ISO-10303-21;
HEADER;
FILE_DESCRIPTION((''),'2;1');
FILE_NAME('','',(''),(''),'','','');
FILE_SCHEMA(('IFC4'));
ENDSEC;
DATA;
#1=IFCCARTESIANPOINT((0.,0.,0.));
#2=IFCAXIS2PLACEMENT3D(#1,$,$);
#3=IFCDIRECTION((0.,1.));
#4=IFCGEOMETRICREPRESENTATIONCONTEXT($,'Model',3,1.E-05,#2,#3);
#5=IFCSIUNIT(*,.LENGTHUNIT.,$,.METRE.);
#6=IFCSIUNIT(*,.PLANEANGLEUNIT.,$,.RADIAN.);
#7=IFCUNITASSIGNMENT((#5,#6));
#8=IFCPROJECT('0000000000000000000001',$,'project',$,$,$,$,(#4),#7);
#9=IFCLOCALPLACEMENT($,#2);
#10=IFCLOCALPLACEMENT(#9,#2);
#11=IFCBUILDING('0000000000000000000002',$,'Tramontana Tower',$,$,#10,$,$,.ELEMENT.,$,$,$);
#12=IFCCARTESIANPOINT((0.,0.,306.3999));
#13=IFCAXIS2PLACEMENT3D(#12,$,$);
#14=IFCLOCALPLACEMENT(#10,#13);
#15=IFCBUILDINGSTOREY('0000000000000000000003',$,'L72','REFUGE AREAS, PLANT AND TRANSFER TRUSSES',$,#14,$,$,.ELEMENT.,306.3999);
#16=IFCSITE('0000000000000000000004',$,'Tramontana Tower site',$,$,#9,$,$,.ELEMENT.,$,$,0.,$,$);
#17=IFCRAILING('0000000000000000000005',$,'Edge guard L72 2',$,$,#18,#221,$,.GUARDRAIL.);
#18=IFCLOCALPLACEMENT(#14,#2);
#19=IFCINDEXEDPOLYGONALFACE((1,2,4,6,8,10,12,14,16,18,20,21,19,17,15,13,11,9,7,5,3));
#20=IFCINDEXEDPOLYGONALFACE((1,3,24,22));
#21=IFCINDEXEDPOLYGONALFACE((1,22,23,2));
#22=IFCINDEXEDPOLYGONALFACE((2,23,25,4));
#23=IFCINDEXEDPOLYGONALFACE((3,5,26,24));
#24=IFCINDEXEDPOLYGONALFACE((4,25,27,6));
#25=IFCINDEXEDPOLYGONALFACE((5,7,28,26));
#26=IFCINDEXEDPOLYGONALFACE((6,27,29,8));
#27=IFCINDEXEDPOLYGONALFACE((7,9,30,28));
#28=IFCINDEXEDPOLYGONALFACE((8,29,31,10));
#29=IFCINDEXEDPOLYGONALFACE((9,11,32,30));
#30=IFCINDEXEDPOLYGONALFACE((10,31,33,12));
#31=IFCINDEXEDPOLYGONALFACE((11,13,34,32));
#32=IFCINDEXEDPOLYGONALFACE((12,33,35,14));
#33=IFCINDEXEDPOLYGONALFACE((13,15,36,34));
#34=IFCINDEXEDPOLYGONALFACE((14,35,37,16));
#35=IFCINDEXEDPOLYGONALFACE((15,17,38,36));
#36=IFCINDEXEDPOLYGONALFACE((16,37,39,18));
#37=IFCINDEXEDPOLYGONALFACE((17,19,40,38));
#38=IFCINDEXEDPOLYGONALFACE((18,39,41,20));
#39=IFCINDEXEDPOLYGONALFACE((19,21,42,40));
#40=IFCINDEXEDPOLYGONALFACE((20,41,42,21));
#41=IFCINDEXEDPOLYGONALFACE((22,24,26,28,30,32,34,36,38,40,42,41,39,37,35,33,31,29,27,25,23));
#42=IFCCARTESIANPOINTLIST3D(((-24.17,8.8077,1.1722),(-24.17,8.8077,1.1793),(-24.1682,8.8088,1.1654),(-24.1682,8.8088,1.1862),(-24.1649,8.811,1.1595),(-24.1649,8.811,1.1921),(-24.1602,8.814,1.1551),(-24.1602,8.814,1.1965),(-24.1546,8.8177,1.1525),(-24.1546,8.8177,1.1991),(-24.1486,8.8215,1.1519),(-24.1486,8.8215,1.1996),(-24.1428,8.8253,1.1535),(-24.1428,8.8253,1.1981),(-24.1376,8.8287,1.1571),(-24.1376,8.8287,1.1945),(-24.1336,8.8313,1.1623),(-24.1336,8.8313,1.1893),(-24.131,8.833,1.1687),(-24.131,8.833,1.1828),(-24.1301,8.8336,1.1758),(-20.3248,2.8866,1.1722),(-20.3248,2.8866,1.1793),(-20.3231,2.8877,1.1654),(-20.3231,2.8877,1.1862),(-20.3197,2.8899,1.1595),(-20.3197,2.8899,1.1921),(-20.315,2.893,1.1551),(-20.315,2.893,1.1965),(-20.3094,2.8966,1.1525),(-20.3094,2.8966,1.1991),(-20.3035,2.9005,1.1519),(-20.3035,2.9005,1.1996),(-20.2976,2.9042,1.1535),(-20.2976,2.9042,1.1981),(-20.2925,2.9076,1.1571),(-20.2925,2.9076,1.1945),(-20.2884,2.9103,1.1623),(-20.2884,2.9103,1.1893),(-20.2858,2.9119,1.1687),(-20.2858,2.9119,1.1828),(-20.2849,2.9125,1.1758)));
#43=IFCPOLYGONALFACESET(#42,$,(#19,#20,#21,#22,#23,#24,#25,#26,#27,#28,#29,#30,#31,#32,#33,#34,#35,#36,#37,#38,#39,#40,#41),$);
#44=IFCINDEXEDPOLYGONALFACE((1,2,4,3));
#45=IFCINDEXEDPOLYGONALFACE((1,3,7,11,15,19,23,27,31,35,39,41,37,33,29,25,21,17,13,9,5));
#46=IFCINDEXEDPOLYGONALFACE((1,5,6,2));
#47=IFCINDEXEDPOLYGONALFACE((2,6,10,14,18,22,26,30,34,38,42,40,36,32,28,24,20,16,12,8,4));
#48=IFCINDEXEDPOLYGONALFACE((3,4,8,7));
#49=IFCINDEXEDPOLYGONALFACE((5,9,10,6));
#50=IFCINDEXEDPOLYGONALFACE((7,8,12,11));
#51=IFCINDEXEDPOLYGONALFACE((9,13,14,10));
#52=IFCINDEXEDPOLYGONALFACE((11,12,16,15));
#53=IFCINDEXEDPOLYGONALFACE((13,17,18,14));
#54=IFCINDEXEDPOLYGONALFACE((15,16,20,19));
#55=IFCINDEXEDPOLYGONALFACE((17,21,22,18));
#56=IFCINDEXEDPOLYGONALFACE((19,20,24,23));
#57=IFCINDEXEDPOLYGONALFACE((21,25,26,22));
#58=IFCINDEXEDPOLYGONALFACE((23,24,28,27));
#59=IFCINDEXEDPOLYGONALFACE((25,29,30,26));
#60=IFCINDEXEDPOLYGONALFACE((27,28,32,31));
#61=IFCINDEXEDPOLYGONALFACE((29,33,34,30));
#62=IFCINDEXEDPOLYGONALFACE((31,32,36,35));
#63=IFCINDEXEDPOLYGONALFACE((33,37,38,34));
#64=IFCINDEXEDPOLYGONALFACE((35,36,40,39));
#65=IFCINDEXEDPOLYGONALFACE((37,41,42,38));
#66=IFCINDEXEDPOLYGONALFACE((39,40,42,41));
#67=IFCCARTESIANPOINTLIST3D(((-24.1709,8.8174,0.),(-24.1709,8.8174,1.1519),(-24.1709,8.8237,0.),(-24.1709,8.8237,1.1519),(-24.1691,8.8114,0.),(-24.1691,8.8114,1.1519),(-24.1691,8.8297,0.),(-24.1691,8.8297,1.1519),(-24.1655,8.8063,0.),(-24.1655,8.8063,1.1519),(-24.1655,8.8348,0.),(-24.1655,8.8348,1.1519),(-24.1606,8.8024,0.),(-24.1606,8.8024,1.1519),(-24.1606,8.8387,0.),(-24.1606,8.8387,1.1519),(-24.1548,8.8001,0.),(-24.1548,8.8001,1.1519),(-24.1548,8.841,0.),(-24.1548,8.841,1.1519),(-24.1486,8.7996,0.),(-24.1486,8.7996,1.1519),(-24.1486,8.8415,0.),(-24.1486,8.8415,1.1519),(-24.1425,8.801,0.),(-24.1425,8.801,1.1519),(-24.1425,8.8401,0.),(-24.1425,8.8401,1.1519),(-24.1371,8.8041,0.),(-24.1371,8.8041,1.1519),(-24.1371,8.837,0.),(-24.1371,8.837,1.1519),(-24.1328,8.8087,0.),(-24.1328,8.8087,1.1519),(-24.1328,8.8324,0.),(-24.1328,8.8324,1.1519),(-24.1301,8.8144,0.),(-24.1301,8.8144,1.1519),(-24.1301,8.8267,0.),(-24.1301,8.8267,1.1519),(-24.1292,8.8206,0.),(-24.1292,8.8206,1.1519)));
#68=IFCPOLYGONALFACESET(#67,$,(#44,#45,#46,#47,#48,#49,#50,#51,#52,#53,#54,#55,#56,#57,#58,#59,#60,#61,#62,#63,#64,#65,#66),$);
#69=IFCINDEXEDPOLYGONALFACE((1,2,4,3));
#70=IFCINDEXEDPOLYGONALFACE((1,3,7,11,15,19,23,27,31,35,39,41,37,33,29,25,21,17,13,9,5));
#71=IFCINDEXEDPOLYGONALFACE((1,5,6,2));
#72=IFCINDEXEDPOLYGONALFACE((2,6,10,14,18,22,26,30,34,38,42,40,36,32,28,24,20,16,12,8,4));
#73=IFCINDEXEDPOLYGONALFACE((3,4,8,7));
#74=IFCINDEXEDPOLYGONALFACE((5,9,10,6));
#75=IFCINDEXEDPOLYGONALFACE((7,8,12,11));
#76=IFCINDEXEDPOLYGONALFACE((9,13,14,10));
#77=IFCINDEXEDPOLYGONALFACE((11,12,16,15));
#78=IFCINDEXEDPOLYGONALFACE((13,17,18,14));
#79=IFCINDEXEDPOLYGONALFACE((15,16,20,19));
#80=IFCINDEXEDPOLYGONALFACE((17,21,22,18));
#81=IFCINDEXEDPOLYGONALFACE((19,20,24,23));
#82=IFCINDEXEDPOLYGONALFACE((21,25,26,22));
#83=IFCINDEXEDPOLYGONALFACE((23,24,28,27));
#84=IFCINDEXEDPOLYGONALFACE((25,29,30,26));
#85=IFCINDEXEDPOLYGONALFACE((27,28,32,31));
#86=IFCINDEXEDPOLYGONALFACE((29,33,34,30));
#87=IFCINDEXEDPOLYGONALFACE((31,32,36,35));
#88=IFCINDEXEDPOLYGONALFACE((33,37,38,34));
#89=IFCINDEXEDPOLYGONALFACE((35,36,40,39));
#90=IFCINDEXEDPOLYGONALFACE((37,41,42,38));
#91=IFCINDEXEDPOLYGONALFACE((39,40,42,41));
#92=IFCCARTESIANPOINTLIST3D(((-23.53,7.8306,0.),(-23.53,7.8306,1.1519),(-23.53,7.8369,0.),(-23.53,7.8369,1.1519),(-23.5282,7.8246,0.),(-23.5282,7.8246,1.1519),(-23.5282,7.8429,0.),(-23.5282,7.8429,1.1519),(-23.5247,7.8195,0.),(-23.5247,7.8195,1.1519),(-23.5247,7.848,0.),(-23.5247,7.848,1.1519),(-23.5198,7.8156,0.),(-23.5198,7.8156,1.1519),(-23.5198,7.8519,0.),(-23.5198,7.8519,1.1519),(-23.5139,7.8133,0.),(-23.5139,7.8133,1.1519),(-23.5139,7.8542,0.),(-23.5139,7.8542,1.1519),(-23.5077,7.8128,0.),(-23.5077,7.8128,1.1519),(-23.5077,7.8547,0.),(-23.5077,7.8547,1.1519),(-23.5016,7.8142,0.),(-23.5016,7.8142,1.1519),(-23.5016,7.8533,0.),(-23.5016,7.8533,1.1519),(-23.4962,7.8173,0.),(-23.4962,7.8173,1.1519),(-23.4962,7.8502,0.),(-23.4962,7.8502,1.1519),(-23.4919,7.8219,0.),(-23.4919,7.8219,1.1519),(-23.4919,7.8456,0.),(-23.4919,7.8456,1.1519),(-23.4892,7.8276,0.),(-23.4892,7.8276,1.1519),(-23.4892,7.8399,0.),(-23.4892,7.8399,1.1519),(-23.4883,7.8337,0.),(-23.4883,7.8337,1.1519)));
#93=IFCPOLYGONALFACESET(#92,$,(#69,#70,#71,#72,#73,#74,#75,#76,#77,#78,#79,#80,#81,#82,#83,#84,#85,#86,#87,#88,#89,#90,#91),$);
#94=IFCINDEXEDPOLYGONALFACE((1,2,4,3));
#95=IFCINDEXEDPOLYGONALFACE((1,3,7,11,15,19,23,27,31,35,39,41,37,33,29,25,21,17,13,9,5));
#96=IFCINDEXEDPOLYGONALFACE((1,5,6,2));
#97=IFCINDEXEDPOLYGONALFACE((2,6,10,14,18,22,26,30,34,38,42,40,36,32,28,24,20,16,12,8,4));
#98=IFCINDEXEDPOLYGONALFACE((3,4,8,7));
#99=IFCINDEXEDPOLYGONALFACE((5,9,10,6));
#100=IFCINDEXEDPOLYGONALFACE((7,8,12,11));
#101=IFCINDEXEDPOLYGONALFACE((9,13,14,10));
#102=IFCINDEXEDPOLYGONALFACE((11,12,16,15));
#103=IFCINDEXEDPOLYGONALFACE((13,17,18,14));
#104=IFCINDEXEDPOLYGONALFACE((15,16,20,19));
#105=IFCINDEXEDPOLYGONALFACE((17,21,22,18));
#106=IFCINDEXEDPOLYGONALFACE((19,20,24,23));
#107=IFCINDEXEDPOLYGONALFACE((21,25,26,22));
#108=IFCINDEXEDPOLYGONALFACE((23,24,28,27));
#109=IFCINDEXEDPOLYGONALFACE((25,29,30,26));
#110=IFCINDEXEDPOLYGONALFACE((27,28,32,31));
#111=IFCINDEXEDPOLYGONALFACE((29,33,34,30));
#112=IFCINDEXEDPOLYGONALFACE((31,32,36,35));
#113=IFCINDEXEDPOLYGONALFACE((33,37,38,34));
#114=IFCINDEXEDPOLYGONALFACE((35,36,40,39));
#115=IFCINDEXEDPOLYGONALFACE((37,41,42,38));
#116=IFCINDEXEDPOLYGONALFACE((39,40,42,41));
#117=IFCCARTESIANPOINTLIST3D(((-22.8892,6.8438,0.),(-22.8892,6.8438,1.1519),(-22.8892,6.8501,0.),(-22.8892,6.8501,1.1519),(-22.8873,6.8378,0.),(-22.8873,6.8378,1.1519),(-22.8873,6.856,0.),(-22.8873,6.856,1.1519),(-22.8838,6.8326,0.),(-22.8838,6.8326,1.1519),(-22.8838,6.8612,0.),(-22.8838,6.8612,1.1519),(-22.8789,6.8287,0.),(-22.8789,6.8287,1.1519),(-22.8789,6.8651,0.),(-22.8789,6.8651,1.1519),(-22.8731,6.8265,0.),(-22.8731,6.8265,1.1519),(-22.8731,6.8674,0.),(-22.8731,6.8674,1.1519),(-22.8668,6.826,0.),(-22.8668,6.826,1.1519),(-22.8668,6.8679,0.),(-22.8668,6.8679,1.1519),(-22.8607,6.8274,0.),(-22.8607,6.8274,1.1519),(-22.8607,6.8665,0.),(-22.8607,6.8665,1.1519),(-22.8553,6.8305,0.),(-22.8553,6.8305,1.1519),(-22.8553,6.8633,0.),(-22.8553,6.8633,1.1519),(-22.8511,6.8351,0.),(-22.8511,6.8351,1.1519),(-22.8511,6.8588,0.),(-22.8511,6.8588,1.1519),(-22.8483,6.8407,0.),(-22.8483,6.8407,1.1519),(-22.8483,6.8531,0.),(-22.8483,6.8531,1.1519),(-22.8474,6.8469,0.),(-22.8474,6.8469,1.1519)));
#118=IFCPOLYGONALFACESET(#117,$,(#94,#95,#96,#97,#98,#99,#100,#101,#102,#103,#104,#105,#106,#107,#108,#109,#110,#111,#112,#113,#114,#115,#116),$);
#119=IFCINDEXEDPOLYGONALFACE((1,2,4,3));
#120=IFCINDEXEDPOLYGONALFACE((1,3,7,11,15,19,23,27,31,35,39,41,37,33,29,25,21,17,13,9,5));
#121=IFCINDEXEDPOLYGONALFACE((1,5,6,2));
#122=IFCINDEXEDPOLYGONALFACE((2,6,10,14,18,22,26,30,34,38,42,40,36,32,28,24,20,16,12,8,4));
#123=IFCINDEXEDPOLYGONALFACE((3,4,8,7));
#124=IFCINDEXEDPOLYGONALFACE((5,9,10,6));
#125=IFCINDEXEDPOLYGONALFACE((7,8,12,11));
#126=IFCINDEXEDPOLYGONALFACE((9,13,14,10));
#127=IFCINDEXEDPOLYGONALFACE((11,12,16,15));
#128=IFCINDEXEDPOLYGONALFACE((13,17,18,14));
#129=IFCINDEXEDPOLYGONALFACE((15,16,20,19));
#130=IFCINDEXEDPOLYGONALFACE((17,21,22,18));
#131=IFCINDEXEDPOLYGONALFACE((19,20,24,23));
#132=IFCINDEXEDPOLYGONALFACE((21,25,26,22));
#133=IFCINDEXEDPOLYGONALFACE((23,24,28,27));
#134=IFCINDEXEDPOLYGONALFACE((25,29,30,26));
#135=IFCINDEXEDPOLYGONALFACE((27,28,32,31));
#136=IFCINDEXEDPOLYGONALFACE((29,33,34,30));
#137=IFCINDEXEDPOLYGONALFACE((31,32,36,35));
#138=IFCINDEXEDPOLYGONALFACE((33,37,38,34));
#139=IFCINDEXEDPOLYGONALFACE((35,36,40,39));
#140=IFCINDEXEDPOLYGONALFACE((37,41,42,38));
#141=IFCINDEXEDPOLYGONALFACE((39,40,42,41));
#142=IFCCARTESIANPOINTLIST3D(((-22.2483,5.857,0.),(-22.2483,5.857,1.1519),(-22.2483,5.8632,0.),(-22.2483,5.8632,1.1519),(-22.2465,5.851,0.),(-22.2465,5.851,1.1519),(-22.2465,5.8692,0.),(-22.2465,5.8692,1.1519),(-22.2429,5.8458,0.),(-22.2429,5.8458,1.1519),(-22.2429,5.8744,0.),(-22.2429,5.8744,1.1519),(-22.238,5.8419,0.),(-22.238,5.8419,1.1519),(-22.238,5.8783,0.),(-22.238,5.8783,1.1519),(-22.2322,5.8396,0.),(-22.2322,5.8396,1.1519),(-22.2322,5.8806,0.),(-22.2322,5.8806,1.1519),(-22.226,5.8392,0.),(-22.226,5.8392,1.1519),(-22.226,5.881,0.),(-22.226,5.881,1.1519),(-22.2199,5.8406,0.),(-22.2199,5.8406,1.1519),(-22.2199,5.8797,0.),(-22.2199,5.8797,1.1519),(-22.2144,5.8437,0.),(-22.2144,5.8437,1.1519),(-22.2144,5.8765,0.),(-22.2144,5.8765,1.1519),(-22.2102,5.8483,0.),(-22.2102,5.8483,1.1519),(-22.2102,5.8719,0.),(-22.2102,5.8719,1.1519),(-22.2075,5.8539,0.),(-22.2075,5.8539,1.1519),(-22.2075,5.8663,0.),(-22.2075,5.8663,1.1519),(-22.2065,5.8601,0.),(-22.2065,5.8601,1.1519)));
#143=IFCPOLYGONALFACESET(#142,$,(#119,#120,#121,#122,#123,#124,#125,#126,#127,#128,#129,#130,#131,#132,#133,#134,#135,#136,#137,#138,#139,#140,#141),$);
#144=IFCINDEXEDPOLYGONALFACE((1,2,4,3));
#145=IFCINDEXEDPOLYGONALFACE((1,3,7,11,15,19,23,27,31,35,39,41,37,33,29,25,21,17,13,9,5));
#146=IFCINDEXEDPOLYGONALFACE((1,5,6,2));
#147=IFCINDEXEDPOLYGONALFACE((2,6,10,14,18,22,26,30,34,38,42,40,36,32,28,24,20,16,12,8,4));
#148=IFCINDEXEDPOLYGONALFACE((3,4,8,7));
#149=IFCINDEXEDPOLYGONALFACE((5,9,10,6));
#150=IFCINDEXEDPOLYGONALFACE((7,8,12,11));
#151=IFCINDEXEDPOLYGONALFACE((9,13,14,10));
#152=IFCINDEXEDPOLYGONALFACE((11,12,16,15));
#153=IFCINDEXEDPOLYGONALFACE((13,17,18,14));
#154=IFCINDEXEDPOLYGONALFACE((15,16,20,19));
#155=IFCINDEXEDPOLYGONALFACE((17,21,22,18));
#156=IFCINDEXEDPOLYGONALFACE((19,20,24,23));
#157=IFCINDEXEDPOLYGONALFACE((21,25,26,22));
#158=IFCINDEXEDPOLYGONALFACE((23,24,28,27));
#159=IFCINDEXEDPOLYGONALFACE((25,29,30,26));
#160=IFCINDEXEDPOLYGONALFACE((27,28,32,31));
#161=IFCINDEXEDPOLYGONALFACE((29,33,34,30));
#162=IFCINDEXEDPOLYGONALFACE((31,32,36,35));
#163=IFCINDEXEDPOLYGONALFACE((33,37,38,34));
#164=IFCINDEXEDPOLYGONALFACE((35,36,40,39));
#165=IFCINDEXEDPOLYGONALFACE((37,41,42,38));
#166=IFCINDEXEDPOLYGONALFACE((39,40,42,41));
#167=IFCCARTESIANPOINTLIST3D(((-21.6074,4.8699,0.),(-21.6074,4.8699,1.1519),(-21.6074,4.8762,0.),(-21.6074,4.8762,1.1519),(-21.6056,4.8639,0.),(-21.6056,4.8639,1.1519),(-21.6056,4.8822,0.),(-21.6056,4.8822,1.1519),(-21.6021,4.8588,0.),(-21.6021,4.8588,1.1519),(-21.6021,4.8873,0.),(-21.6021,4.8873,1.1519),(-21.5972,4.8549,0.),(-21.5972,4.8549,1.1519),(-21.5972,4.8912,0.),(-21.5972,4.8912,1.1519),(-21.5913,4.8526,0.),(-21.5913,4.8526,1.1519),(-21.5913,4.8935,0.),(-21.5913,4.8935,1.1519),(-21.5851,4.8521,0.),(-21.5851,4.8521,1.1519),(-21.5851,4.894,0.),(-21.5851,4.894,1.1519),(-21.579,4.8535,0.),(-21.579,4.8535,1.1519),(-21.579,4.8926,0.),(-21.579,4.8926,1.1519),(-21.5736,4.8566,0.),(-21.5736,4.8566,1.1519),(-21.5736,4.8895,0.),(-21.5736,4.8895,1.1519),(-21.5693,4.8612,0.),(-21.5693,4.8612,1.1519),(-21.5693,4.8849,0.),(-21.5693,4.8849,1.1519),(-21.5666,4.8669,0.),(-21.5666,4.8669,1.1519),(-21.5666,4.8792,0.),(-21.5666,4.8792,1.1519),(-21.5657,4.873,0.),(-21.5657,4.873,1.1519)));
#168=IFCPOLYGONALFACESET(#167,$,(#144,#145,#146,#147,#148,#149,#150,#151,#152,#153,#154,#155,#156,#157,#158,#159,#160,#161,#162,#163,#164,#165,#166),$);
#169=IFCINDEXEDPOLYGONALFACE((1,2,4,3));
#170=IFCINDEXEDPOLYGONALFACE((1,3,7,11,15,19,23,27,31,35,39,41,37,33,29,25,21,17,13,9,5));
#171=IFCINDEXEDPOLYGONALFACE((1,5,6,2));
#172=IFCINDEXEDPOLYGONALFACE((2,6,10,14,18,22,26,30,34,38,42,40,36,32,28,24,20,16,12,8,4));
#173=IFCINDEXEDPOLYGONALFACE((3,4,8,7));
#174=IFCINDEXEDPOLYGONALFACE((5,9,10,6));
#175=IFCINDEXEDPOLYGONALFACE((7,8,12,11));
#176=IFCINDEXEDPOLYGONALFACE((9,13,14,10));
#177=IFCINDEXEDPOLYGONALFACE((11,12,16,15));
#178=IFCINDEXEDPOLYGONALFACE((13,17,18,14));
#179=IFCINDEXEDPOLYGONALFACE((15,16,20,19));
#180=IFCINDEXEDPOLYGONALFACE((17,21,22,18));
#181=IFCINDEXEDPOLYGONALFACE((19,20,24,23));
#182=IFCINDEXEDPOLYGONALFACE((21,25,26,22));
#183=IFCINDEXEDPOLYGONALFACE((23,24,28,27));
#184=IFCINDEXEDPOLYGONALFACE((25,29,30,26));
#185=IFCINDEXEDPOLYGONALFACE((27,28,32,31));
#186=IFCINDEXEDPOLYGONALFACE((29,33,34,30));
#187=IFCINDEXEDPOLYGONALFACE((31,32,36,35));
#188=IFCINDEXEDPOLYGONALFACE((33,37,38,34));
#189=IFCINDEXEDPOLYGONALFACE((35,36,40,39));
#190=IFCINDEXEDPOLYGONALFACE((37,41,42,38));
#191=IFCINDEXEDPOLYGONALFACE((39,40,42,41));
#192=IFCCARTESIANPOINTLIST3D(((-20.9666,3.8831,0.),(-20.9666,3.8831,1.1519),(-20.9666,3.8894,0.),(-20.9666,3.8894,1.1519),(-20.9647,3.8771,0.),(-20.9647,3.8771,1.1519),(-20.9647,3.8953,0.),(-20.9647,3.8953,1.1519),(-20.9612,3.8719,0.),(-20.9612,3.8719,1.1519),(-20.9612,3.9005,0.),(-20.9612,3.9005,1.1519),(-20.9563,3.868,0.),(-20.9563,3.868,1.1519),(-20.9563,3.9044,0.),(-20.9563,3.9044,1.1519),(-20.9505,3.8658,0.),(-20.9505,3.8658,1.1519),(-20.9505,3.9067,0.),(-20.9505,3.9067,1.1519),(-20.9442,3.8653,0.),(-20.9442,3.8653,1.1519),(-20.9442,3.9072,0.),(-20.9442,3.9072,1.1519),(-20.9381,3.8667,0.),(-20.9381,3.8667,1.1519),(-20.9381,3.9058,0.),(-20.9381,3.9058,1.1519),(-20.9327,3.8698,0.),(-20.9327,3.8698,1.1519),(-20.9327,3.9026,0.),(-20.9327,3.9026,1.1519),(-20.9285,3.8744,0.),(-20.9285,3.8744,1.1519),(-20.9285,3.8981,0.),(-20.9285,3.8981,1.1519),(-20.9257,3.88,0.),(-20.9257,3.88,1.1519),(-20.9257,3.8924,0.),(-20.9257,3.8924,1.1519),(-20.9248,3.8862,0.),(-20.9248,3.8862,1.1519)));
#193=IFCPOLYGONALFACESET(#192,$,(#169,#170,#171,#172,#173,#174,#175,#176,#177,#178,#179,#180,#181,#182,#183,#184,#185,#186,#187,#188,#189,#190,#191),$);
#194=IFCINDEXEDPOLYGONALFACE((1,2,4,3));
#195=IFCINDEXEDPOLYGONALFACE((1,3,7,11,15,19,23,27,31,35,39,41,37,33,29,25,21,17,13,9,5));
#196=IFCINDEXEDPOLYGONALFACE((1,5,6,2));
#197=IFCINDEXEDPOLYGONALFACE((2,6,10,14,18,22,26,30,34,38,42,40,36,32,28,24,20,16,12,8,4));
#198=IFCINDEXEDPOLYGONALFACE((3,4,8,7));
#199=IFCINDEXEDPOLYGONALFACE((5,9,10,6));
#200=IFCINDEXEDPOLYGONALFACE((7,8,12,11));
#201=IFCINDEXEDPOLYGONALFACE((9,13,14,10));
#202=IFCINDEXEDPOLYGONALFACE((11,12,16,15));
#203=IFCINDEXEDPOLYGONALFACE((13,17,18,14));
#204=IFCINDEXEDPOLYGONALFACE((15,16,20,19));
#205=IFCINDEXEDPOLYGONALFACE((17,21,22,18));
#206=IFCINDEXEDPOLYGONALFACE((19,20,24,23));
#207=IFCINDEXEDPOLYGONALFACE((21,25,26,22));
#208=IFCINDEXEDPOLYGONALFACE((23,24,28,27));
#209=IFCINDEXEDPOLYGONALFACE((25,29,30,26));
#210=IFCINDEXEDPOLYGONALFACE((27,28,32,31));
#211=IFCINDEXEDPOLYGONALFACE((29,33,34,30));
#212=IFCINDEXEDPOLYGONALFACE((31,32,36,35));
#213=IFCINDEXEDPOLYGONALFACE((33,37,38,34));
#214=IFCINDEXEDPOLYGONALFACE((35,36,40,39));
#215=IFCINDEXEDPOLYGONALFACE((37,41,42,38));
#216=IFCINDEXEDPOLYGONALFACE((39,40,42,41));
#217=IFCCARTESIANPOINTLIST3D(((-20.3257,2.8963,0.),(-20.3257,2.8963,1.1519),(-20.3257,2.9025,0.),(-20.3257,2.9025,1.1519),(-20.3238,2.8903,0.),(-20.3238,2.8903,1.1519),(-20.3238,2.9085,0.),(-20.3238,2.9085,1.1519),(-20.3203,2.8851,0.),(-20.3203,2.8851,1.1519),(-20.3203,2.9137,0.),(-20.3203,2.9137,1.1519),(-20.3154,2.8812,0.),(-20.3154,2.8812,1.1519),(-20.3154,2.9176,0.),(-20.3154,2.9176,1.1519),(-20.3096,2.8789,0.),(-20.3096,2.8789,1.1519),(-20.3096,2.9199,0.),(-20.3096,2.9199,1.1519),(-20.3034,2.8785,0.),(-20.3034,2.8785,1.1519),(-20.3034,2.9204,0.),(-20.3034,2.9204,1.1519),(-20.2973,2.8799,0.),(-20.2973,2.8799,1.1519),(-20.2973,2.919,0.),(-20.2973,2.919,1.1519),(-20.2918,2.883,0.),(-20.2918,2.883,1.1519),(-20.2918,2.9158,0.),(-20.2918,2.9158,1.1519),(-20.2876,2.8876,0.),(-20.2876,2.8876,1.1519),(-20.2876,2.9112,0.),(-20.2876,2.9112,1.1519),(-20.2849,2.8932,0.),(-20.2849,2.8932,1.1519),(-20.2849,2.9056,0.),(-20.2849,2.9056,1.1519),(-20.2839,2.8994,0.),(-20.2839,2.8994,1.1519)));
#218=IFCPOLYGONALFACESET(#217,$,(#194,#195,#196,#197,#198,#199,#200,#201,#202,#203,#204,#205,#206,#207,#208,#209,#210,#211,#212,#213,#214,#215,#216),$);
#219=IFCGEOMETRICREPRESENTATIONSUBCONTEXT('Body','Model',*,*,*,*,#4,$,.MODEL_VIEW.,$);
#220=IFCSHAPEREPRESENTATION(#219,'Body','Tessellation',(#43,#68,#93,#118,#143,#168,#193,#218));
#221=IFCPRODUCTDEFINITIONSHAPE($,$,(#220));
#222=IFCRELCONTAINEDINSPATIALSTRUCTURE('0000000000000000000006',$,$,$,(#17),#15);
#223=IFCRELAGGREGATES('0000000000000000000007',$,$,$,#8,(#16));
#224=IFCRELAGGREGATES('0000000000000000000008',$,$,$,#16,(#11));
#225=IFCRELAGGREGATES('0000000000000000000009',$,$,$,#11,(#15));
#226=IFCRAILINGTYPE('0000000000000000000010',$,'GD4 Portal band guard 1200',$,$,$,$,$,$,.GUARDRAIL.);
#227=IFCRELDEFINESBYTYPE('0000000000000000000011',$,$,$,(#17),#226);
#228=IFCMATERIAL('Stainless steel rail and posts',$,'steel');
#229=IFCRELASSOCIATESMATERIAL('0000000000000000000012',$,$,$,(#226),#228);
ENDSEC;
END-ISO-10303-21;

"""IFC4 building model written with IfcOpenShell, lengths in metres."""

from ifc_helpers import new_model, si_unit, direction, frame, origin, origin_2d, place, context, subcontext, project, spatial, circle, extrude, material, type_object, element, save


model = new_model("IFC4")

# Units and contexts
model_context = context("Model", 3, precision=1e-05, world=origin(), true_north=direction((0.0, 1.0)))
body_context = subcontext(model_context, "Body", "Model", "MODEL_VIEW")
ifc_project = project(units=[si_unit("LENGTHUNIT", "METRE"), si_unit("PLANEANGLEUNIT", "RADIAN")], contexts=[model_context])

# Site, building, storey
site_placement = place(None, origin())
site = spatial("IfcSite", under=ifc_project, at=site_placement, Name="Tramontana Tower site", CompositionType="ELEMENT", RefElevation=0.0)
building_placement = place(site_placement, origin())
building = spatial("IfcBuilding", under=site, at=building_placement, Name="Tramontana Tower", CompositionType="ELEMENT")
storey_placement = place(building_placement, frame((0.0, 0.0, 306.3999)))
storey = spatial("IfcBuildingStorey", under=building, at=storey_placement, Name="L72", Description="REFUGE AREAS, PLANT AND TRANSFER TRUSSES", CompositionType="ELEMENT", Elevation=306.3999)

# Railing
ifc_material_1 = material(Name="Stainless steel rail and posts", Category="steel")
railing_type = type_object("IfcRailingType", Name="GD4 Portal band guard 1200", PredefinedType="GUARDRAIL", material=ifc_material_1)
railing_1_placement = place(storey_placement, frame((-24.1501, 8.8206, 0.0)))
element("IfcRailing", 1, at=railing_1_placement, inside=storey, type_object=railing_type, Name="Edge guard L72 2", PredefinedType="GUARDRAIL", context=body_context, shape_type="SweptSolid", body=[
    extrude(circle(Radius=0.0239, at=origin_2d()), frame((0.0, 0.0, 1.1758), z_axis=(0.544637, -0.838672, 0.0), x_axis=(0.838672, 0.544637, 0.0)), (0.0, 0.0, 1.0), 7.0601),
    extrude(circle(Radius=0.021, at=origin_2d()), origin(), (0.0, 0.0, 1.0), 1.1519),
    extrude(circle(Radius=0.021, at=origin_2d()), frame((0.6409, -0.9868, 0.0)), (0.0, 0.0, 1.0), 1.1519),
    extrude(circle(Radius=0.021, at=origin_2d()), frame((1.2817, -1.9736, 0.0)), (0.0, 0.0, 1.0), 1.1519),
    extrude(circle(Radius=0.021, at=origin_2d()), frame((1.9226, -2.9604, 0.0)), (0.0, 0.0, 1.0), 1.1519),
    extrude(circle(Radius=0.021, at=origin_2d()), frame((2.5635, -3.9475, 0.0)), (0.0, 0.0, 1.0), 1.1519),
    extrude(circle(Radius=0.021, at=origin_2d()), frame((3.2043, -4.9343, 0.0)), (0.0, 0.0, 1.0), 1.1519),
    extrude(circle(Radius=0.021, at=origin_2d()), frame((3.8452, -5.9211, 0.0)), (0.0, 0.0, 1.0), 1.1519),
])

save(model, "model.ifc")
